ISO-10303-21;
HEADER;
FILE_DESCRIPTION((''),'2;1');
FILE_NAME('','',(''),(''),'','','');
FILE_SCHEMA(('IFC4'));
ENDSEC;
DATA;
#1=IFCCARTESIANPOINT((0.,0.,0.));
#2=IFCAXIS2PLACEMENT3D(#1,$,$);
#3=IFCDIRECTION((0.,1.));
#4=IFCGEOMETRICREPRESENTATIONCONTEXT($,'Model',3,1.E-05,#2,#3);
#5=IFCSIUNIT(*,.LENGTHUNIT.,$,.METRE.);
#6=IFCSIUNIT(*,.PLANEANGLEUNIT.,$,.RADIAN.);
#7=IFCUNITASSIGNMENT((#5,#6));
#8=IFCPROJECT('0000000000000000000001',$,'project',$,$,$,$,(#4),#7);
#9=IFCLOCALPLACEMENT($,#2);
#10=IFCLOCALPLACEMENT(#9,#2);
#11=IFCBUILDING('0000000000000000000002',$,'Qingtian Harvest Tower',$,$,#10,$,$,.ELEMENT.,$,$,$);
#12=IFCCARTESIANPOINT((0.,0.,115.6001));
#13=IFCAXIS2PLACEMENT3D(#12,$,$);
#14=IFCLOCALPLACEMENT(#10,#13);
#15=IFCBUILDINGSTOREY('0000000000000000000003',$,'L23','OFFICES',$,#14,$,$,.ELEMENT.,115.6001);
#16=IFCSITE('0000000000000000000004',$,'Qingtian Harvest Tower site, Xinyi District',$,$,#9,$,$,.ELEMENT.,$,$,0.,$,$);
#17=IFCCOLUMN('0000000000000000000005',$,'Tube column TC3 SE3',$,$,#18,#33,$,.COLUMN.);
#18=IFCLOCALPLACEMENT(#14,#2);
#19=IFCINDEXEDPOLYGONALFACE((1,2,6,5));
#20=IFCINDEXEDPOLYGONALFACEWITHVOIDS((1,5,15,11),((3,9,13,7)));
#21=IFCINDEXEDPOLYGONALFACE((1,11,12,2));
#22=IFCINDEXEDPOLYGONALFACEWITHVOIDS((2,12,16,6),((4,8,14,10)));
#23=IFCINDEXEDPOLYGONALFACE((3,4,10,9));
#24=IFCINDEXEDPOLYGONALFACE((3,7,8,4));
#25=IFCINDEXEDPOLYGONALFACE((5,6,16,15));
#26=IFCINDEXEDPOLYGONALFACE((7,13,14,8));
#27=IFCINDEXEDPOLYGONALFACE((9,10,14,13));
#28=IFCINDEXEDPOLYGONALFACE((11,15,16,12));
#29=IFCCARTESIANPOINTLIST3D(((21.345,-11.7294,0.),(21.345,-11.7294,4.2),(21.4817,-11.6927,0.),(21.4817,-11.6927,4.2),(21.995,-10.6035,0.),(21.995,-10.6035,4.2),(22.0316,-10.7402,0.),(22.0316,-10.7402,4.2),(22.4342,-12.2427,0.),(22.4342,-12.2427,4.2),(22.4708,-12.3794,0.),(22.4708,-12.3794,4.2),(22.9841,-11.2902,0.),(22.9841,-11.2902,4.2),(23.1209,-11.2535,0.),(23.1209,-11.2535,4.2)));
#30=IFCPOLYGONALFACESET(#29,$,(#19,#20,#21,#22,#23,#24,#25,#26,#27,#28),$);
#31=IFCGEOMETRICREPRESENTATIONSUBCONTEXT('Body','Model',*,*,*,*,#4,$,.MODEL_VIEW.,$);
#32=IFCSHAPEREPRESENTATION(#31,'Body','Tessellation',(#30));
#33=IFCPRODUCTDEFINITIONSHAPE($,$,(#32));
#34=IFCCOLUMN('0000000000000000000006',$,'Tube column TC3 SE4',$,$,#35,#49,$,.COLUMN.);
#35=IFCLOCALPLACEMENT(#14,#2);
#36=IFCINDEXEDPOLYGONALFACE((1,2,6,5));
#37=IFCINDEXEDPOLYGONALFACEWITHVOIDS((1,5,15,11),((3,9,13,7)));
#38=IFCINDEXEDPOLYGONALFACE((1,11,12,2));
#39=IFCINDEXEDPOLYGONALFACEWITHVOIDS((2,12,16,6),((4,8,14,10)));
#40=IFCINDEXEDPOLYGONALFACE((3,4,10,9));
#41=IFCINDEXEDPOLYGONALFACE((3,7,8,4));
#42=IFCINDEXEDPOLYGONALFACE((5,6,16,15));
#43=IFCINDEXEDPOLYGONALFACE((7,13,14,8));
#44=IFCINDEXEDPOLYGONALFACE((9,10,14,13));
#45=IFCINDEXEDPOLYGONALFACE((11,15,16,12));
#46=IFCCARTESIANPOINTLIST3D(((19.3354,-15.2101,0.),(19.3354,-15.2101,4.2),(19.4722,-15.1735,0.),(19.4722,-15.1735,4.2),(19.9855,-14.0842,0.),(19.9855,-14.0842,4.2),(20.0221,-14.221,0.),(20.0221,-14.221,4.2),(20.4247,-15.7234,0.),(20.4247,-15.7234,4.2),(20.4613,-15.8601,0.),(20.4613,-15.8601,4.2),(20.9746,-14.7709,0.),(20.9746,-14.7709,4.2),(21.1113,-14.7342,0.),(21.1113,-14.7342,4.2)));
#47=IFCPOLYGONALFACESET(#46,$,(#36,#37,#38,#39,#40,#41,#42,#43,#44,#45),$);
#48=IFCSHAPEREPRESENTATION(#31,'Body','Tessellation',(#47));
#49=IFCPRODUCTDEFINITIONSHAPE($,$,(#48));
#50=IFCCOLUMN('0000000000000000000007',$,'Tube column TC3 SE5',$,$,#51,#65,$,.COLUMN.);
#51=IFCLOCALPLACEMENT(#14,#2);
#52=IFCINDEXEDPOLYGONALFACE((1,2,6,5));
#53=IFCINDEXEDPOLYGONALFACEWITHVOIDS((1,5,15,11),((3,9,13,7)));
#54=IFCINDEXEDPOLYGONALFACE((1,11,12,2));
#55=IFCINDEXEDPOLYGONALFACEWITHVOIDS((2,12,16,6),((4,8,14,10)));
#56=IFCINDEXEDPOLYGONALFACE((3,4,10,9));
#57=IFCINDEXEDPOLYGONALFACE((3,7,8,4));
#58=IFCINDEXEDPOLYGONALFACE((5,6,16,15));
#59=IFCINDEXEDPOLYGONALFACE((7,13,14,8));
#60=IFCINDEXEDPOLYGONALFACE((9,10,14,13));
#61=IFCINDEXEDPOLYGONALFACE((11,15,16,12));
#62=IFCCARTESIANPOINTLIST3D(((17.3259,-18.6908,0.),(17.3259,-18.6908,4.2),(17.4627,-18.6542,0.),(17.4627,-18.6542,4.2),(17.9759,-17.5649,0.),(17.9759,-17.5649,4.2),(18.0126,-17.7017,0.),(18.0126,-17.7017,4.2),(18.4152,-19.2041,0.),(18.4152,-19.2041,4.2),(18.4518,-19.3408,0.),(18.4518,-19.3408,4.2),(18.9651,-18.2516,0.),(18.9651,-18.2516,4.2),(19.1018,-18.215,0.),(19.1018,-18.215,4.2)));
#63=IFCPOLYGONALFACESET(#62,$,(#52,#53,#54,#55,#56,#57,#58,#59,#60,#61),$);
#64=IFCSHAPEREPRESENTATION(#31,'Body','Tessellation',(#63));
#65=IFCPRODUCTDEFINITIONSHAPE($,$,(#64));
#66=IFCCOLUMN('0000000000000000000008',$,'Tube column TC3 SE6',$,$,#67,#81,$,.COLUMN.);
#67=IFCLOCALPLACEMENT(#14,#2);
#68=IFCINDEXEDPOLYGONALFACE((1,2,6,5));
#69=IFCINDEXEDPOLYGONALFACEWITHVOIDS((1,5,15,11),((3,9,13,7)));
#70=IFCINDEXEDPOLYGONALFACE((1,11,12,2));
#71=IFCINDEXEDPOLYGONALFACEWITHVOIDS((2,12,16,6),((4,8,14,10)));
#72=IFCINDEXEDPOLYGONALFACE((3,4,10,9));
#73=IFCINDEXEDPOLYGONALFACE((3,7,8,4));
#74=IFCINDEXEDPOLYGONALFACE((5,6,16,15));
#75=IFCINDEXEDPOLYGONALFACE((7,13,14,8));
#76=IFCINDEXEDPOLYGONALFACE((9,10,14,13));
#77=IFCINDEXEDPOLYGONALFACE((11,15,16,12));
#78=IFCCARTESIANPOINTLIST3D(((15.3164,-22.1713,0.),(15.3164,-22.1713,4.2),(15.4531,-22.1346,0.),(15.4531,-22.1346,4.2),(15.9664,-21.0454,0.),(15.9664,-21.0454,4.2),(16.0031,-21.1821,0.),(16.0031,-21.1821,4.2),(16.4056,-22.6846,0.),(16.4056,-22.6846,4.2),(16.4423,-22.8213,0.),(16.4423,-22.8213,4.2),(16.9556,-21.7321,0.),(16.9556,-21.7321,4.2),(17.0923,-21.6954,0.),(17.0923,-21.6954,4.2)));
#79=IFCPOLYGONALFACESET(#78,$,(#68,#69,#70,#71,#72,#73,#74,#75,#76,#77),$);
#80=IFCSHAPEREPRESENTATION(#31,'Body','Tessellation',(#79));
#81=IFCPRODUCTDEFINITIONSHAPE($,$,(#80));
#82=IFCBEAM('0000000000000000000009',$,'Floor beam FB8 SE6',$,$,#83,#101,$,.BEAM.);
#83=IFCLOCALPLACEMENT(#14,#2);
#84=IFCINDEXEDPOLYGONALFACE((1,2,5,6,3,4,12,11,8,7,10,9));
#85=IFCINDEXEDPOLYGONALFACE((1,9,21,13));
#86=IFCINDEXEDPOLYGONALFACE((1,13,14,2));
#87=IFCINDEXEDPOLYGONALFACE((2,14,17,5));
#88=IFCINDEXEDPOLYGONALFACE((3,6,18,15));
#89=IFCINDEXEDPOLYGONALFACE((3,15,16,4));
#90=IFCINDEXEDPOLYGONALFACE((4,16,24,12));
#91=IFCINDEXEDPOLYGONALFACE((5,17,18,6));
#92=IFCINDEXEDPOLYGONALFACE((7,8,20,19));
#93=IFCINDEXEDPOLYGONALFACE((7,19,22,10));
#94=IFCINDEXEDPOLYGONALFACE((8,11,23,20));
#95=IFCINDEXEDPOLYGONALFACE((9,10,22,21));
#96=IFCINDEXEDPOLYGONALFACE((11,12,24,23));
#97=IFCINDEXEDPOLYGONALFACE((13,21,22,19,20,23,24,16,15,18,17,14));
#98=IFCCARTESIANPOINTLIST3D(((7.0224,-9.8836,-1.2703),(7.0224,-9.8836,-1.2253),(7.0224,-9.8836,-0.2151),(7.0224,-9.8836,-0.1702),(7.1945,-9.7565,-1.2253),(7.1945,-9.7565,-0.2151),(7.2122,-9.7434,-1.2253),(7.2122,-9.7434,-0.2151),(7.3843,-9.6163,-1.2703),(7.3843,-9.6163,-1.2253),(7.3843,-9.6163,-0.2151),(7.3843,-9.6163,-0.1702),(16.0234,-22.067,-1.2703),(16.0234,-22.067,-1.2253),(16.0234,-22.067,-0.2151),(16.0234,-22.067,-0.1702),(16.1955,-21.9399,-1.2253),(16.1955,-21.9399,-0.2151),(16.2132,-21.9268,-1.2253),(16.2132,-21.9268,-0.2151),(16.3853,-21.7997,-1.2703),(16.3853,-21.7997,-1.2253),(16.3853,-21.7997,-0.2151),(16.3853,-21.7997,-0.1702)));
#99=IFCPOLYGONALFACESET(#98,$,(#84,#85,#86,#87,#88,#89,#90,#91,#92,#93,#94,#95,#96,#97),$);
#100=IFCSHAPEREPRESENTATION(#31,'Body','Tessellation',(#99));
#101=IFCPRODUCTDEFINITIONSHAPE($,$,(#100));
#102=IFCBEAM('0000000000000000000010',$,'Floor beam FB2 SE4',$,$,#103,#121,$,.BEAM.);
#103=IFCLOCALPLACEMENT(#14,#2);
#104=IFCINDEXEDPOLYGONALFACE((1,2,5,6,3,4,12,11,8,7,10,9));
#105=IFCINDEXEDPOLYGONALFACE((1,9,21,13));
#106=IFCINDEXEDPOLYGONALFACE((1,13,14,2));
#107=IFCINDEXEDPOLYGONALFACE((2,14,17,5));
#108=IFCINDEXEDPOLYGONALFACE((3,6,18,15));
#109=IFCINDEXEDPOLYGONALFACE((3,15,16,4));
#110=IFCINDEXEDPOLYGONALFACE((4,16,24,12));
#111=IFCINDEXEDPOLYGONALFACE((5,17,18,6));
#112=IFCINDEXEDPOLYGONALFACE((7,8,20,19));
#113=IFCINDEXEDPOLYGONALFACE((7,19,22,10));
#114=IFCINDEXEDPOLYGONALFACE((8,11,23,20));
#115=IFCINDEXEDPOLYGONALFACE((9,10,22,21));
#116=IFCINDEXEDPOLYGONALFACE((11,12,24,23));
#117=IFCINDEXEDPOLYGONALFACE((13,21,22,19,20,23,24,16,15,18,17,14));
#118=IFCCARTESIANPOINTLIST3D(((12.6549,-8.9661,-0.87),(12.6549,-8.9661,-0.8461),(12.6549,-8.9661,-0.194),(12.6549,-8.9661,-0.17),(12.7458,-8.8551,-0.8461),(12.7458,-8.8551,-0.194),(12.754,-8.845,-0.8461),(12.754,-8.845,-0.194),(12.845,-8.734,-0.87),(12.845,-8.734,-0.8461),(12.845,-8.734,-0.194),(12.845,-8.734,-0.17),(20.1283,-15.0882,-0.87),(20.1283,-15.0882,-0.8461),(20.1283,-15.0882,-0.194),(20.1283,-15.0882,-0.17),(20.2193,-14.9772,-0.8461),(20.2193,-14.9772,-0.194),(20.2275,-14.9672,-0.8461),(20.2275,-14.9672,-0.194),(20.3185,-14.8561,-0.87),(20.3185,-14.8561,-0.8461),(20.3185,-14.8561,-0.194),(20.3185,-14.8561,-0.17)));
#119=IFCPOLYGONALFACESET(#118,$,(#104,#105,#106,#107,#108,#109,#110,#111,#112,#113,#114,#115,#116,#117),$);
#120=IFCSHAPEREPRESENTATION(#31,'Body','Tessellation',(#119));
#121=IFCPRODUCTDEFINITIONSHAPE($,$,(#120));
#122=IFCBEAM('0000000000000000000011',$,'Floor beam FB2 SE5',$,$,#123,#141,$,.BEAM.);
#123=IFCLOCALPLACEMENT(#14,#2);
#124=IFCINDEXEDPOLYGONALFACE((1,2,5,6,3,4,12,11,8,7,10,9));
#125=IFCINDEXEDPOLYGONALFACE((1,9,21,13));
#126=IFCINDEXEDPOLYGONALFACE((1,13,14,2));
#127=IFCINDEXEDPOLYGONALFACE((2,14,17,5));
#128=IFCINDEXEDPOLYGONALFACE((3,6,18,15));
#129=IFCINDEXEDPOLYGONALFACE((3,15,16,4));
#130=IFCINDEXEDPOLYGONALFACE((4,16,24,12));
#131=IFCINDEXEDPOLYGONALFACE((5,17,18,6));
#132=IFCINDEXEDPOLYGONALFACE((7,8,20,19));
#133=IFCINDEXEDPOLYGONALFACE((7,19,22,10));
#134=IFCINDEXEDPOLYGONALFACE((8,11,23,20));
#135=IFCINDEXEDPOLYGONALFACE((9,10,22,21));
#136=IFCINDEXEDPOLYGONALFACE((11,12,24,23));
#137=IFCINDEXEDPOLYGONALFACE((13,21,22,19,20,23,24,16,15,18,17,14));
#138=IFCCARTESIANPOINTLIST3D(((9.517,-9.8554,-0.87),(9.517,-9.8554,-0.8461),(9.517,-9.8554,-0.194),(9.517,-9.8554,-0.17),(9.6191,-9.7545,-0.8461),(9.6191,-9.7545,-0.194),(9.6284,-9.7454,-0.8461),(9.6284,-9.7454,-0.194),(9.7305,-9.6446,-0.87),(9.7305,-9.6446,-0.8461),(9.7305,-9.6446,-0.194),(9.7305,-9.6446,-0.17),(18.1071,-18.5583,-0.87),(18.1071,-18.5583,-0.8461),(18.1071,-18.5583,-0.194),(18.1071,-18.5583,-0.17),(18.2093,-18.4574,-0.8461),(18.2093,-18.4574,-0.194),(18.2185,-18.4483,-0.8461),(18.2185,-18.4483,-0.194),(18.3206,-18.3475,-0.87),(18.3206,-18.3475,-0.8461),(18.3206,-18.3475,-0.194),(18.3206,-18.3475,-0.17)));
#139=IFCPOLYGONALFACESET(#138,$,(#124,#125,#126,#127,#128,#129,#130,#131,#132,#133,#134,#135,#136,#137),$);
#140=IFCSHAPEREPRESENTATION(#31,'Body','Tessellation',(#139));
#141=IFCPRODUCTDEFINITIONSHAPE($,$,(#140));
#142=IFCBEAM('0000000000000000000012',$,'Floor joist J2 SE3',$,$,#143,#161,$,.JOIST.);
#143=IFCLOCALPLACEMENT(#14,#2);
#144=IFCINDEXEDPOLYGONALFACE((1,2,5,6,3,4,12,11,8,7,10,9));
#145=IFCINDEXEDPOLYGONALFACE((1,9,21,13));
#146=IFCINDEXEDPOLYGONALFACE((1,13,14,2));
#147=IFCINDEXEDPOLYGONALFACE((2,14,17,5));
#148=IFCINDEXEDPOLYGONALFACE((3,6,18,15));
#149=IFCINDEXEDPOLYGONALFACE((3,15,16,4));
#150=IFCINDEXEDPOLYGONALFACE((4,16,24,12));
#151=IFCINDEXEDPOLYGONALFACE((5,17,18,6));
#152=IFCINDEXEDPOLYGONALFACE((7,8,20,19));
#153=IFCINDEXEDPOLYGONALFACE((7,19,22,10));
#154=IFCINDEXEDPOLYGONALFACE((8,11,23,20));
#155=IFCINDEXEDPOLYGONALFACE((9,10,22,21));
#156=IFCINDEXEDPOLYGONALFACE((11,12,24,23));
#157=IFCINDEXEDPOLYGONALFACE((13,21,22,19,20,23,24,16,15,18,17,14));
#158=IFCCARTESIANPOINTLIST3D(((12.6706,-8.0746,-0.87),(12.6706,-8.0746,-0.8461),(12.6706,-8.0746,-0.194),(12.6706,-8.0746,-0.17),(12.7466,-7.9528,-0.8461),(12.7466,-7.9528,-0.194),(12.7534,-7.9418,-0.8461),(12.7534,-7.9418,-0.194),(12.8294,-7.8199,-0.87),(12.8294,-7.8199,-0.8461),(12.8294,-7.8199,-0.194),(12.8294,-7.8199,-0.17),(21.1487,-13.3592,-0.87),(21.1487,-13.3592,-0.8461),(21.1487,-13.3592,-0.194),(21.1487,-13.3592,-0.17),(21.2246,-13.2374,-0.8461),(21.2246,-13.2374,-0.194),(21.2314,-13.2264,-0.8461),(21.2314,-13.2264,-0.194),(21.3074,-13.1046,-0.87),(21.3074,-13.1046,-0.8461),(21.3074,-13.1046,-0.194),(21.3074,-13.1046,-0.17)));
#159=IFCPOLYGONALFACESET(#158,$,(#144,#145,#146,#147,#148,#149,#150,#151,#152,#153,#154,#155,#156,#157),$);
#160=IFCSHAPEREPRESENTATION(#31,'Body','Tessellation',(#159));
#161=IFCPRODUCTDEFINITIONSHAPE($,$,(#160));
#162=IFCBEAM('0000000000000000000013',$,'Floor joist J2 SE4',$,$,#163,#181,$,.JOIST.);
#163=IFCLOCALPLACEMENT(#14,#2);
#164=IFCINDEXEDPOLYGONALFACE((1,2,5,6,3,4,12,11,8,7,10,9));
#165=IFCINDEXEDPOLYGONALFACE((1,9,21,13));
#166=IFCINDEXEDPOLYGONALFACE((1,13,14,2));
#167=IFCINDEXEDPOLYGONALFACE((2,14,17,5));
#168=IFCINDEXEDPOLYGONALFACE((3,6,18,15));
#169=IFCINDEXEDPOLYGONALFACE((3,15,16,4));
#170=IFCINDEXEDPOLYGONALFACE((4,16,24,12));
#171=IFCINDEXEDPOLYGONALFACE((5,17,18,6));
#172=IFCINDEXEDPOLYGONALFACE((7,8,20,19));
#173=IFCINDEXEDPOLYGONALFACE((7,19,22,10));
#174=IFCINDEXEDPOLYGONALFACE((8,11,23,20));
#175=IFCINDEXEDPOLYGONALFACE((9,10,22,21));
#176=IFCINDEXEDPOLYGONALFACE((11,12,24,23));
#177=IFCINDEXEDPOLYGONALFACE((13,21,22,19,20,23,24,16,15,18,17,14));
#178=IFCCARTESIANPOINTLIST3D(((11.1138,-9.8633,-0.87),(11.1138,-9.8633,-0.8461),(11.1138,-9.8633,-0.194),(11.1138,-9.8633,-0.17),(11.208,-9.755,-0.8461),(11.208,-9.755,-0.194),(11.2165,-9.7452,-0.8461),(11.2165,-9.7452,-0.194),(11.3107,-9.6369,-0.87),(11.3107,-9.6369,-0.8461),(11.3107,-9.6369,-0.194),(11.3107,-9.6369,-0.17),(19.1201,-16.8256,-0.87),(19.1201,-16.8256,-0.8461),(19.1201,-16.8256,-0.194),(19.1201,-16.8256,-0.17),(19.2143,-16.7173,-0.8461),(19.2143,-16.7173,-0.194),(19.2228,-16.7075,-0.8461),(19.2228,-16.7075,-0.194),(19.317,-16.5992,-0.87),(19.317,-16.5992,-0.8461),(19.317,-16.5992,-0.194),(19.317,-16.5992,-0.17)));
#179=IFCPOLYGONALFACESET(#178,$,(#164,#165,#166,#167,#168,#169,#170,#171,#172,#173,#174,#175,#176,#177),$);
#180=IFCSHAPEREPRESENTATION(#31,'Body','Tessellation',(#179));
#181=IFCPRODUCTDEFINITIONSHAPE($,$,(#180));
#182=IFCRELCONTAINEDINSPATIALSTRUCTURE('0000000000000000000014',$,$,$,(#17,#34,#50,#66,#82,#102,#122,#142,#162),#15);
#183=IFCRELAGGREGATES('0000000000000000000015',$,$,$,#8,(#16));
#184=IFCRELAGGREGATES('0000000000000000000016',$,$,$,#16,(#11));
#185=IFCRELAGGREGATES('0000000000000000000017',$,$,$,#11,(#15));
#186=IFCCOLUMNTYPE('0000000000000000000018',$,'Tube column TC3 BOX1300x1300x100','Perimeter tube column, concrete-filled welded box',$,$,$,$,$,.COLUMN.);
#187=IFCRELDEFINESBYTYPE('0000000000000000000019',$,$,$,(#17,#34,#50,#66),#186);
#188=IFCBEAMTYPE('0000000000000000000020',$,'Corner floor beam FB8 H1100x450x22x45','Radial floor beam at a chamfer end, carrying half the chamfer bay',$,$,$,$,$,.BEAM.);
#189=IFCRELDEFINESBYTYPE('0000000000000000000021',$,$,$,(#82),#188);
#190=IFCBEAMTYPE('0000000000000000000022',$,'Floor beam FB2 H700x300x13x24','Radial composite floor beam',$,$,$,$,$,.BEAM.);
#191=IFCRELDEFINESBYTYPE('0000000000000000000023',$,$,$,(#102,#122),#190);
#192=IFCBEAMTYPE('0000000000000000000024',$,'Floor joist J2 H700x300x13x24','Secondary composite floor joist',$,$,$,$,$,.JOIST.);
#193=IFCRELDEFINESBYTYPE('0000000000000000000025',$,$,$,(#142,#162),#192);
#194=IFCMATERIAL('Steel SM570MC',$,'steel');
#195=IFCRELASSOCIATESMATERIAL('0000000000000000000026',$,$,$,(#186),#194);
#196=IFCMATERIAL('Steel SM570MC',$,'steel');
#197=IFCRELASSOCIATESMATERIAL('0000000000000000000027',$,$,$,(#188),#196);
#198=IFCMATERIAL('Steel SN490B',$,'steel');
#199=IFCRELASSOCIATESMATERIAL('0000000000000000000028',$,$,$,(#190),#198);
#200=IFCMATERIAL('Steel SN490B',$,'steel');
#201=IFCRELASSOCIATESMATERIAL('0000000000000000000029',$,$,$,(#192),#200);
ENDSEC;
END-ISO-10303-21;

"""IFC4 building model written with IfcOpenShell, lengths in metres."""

from ifc_helpers import new_model, si_unit, direction, frame, origin, origin_2d, place, context, subcontext, project, spatial, hollow_rectangle, i_section, extrude, material, material_profile, profile_set, type_object, element, save


model = new_model("IFC4")

# Units and contexts
model_context = context("Model", 3, precision=1e-05, world=origin(), true_north=direction((0.0, 1.0)))
body_context = subcontext(model_context, "Body", "Model", "MODEL_VIEW")
ifc_project = project(units=[si_unit("LENGTHUNIT", "METRE"), si_unit("PLANEANGLEUNIT", "RADIAN")], contexts=[model_context])

# Site, building, storey
site_placement = place(None, origin())
site = spatial("IfcSite", under=ifc_project, at=site_placement, Name="Qingtian Harvest Tower site, Xinyi District", CompositionType="ELEMENT", RefElevation=0.0)
building_placement = place(site_placement, origin())
building = spatial("IfcBuilding", under=site, at=building_placement, Name="Qingtian Harvest Tower", CompositionType="ELEMENT")
storey_placement = place(building_placement, frame((0.0, 0.0, 115.6001)))
storey = spatial("IfcBuildingStorey", under=building, at=storey_placement, Name="L23", Description="OFFICES", CompositionType="ELEMENT", Elevation=115.6001)

# Columns
ifc_material_1 = material(Name="Steel SM570MC", Category="steel")
ifc_material_profile_1 = material_profile(ifc_material_1, hollow_rectangle(XDim=1.3, YDim=1.3, WallThickness=0.1001, at=origin_2d()), Name="BOX1300x1300x100")
ifc_profile_set_1 = profile_set([ifc_material_profile_1], Name="Steel SM570MC")
column_type = type_object("IfcColumnType", Name="Tube column TC3 BOX1300x1300x100", Description="Perimeter tube column, concrete-filled welded box", PredefinedType="COLUMN", material=ifc_profile_set_1)
for number, where, z_axis, x_axis, name in (
    (1, (22.2329, -11.4915, 0.0), (0.0, 0.0, 1.0), (0.5, 0.866025, 0.0), "Tube column TC3 SE3"),
    (2, (20.2234, -14.9722, 0.0), (0.0, 0.0, 1.0), (0.5, 0.866025, 0.0), "Tube column TC3 SE4"),
    (3, (18.2139, -18.4529, 0.0), (0.0, 0.0, 1.0), (0.5, 0.866025, 0.0), "Tube column TC3 SE5"),
    (4, (16.2043, -21.9333, 0.0), (0.0, 0.0, 1.0), (0.5, 0.866025, 0.0), "Tube column TC3 SE6"),
):
    element("IfcColumn", number, at=place(storey_placement, frame(where, z_axis=z_axis, x_axis=x_axis)), inside=storey, type_object=column_type, Name=name, PredefinedType="COLUMN", context=body_context, shape_type="SweptSolid", body=[
        extrude(hollow_rectangle(XDim=1.3, YDim=1.3, WallThickness=0.1001, at=origin_2d()), origin(), (0.0, 0.0, 1.0), 4.2),
    ])

# Beams
ifc_material_2 = material(Name="Steel SM570MC", Category="steel")
ifc_material_profile_2 = material_profile(ifc_material_2, i_section(OverallWidth=0.45, OverallDepth=1.1001, WebThickness=0.022, FlangeThickness=0.0449, at=origin_2d()), Name="H1100x450x22x45")
ifc_profile_set_2 = profile_set([ifc_material_profile_2], Name="Steel SM570MC")
beam_type_1 = type_object("IfcBeamType", Name="Corner floor beam FB8 H1100x450x22x45", Description="Radial floor beam at a chamfer end, carrying half the chamfer bay", PredefinedType="BEAM", material=ifc_profile_set_2)
beam_1_placement = place(storey_placement, frame((16.2043, -21.9333, -0.7202), z_axis=(-0.594216, 0.804306, 0.0), x_axis=(-0.804306, -0.594216, 0.0)))
element("IfcBeam", 5, at=beam_1_placement, inside=storey, type_object=beam_type_1, Name="Floor beam FB8 SE6", PredefinedType="BEAM", context=body_context, shape_type="SweptSolid", body=[
    extrude(i_section(OverallWidth=0.45, OverallDepth=1.1001, WebThickness=0.022, FlangeThickness=0.0449, at=origin_2d()), origin(), (0.0, 0.0, 1.0), 15.1477),
])
ifc_material_3 = material(Name="Steel SN490B", Category="steel")
ifc_material_profile_3 = material_profile(ifc_material_3, i_section(OverallWidth=0.3, OverallDepth=0.7, WebThickness=0.0129, FlangeThickness=0.0239, at=origin_2d()), Name="H700x300x13x24")
ifc_profile_set_3 = profile_set([ifc_material_profile_3], Name="Steel SN490B")
beam_type_2 = type_object("IfcBeamType", Name="Floor beam FB2 H700x300x13x24", Description="Radial composite floor beam", PredefinedType="BEAM", material=ifc_profile_set_3)
beam_2_placement = place(storey_placement, frame((20.2234, -14.9722, -0.52), z_axis=(-0.773578, 0.633701, 0.0), x_axis=(-0.633701, -0.773578, 0.0)))
element("IfcBeam", 6, at=beam_2_placement, inside=storey, type_object=beam_type_2, Name="Floor beam FB2 SE4", PredefinedType="BEAM", context=body_context, shape_type="SweptSolid", body=[
    extrude(i_section(OverallWidth=0.3, OverallDepth=0.7, WebThickness=0.0129, FlangeThickness=0.0239, at=origin_2d()), origin(), (0.0, 0.0, 1.0), 9.6609),
])
beam_3_placement = place(storey_placement, frame((18.2139, -18.4529, -0.52), z_axis=(-0.70248, 0.711704, 0.0), x_axis=(-0.711704, -0.70248, 0.0)))
element("IfcBeam", 7, at=beam_3_placement, inside=storey, type_object=beam_type_2, Name="Floor beam FB2 SE5", PredefinedType="BEAM", context=body_context, shape_type="SweptSolid", body=[
    extrude(i_section(OverallWidth=0.3, OverallDepth=0.7, WebThickness=0.0129, FlangeThickness=0.0239, at=origin_2d()), origin(), (0.0, 0.0, 1.0), 12.2283),
])
ifc_material_4 = material(Name="Steel SN490B", Category="steel")
ifc_material_profile_4 = material_profile(ifc_material_4, i_section(OverallWidth=0.3, OverallDepth=0.7, WebThickness=0.0129, FlangeThickness=0.0239, at=origin_2d()), Name="H700x300x13x24")
ifc_profile_set_4 = profile_set([ifc_material_profile_4], Name="Steel SN490B")
beam_type_3 = type_object("IfcBeamType", Name="Floor joist J2 H700x300x13x24", Description="Secondary composite floor joist", PredefinedType="JOIST", material=ifc_profile_set_4)
beam_4_placement = place(storey_placement, frame((21.228, -13.2319, -0.52), z_axis=(-0.848632, 0.528984, 0.0), x_axis=(-0.528984, -0.848632, 0.0)))
element("IfcBeam", 8, at=beam_4_placement, inside=storey, type_object=beam_type_3, Name="Floor joist J2 SE3", PredefinedType="JOIST", context=body_context, shape_type="SweptSolid", body=[
    extrude(i_section(OverallWidth=0.3, OverallDepth=0.7, WebThickness=0.0129, FlangeThickness=0.0239, at=origin_2d()), origin(), (0.0, 0.0, 1.0), 9.9902),
])
beam_5_placement = place(storey_placement, frame((19.2185, -16.7124, -0.52), z_axis=(-0.754589, 0.656198, 0.0), x_axis=(-0.656198, -0.754589, 0.0)))
element("IfcBeam", 9, at=beam_5_placement, inside=storey, type_object=beam_type_3, Name="Floor joist J2 SE4", PredefinedType="JOIST", context=body_context, shape_type="SweptSolid", body=[
    extrude(i_section(OverallWidth=0.3, OverallDepth=0.7, WebThickness=0.0129, FlangeThickness=0.0239, at=origin_2d()), origin(), (0.0, 0.0, 1.0), 10.6101),
])

save(model, "model.ifc")
